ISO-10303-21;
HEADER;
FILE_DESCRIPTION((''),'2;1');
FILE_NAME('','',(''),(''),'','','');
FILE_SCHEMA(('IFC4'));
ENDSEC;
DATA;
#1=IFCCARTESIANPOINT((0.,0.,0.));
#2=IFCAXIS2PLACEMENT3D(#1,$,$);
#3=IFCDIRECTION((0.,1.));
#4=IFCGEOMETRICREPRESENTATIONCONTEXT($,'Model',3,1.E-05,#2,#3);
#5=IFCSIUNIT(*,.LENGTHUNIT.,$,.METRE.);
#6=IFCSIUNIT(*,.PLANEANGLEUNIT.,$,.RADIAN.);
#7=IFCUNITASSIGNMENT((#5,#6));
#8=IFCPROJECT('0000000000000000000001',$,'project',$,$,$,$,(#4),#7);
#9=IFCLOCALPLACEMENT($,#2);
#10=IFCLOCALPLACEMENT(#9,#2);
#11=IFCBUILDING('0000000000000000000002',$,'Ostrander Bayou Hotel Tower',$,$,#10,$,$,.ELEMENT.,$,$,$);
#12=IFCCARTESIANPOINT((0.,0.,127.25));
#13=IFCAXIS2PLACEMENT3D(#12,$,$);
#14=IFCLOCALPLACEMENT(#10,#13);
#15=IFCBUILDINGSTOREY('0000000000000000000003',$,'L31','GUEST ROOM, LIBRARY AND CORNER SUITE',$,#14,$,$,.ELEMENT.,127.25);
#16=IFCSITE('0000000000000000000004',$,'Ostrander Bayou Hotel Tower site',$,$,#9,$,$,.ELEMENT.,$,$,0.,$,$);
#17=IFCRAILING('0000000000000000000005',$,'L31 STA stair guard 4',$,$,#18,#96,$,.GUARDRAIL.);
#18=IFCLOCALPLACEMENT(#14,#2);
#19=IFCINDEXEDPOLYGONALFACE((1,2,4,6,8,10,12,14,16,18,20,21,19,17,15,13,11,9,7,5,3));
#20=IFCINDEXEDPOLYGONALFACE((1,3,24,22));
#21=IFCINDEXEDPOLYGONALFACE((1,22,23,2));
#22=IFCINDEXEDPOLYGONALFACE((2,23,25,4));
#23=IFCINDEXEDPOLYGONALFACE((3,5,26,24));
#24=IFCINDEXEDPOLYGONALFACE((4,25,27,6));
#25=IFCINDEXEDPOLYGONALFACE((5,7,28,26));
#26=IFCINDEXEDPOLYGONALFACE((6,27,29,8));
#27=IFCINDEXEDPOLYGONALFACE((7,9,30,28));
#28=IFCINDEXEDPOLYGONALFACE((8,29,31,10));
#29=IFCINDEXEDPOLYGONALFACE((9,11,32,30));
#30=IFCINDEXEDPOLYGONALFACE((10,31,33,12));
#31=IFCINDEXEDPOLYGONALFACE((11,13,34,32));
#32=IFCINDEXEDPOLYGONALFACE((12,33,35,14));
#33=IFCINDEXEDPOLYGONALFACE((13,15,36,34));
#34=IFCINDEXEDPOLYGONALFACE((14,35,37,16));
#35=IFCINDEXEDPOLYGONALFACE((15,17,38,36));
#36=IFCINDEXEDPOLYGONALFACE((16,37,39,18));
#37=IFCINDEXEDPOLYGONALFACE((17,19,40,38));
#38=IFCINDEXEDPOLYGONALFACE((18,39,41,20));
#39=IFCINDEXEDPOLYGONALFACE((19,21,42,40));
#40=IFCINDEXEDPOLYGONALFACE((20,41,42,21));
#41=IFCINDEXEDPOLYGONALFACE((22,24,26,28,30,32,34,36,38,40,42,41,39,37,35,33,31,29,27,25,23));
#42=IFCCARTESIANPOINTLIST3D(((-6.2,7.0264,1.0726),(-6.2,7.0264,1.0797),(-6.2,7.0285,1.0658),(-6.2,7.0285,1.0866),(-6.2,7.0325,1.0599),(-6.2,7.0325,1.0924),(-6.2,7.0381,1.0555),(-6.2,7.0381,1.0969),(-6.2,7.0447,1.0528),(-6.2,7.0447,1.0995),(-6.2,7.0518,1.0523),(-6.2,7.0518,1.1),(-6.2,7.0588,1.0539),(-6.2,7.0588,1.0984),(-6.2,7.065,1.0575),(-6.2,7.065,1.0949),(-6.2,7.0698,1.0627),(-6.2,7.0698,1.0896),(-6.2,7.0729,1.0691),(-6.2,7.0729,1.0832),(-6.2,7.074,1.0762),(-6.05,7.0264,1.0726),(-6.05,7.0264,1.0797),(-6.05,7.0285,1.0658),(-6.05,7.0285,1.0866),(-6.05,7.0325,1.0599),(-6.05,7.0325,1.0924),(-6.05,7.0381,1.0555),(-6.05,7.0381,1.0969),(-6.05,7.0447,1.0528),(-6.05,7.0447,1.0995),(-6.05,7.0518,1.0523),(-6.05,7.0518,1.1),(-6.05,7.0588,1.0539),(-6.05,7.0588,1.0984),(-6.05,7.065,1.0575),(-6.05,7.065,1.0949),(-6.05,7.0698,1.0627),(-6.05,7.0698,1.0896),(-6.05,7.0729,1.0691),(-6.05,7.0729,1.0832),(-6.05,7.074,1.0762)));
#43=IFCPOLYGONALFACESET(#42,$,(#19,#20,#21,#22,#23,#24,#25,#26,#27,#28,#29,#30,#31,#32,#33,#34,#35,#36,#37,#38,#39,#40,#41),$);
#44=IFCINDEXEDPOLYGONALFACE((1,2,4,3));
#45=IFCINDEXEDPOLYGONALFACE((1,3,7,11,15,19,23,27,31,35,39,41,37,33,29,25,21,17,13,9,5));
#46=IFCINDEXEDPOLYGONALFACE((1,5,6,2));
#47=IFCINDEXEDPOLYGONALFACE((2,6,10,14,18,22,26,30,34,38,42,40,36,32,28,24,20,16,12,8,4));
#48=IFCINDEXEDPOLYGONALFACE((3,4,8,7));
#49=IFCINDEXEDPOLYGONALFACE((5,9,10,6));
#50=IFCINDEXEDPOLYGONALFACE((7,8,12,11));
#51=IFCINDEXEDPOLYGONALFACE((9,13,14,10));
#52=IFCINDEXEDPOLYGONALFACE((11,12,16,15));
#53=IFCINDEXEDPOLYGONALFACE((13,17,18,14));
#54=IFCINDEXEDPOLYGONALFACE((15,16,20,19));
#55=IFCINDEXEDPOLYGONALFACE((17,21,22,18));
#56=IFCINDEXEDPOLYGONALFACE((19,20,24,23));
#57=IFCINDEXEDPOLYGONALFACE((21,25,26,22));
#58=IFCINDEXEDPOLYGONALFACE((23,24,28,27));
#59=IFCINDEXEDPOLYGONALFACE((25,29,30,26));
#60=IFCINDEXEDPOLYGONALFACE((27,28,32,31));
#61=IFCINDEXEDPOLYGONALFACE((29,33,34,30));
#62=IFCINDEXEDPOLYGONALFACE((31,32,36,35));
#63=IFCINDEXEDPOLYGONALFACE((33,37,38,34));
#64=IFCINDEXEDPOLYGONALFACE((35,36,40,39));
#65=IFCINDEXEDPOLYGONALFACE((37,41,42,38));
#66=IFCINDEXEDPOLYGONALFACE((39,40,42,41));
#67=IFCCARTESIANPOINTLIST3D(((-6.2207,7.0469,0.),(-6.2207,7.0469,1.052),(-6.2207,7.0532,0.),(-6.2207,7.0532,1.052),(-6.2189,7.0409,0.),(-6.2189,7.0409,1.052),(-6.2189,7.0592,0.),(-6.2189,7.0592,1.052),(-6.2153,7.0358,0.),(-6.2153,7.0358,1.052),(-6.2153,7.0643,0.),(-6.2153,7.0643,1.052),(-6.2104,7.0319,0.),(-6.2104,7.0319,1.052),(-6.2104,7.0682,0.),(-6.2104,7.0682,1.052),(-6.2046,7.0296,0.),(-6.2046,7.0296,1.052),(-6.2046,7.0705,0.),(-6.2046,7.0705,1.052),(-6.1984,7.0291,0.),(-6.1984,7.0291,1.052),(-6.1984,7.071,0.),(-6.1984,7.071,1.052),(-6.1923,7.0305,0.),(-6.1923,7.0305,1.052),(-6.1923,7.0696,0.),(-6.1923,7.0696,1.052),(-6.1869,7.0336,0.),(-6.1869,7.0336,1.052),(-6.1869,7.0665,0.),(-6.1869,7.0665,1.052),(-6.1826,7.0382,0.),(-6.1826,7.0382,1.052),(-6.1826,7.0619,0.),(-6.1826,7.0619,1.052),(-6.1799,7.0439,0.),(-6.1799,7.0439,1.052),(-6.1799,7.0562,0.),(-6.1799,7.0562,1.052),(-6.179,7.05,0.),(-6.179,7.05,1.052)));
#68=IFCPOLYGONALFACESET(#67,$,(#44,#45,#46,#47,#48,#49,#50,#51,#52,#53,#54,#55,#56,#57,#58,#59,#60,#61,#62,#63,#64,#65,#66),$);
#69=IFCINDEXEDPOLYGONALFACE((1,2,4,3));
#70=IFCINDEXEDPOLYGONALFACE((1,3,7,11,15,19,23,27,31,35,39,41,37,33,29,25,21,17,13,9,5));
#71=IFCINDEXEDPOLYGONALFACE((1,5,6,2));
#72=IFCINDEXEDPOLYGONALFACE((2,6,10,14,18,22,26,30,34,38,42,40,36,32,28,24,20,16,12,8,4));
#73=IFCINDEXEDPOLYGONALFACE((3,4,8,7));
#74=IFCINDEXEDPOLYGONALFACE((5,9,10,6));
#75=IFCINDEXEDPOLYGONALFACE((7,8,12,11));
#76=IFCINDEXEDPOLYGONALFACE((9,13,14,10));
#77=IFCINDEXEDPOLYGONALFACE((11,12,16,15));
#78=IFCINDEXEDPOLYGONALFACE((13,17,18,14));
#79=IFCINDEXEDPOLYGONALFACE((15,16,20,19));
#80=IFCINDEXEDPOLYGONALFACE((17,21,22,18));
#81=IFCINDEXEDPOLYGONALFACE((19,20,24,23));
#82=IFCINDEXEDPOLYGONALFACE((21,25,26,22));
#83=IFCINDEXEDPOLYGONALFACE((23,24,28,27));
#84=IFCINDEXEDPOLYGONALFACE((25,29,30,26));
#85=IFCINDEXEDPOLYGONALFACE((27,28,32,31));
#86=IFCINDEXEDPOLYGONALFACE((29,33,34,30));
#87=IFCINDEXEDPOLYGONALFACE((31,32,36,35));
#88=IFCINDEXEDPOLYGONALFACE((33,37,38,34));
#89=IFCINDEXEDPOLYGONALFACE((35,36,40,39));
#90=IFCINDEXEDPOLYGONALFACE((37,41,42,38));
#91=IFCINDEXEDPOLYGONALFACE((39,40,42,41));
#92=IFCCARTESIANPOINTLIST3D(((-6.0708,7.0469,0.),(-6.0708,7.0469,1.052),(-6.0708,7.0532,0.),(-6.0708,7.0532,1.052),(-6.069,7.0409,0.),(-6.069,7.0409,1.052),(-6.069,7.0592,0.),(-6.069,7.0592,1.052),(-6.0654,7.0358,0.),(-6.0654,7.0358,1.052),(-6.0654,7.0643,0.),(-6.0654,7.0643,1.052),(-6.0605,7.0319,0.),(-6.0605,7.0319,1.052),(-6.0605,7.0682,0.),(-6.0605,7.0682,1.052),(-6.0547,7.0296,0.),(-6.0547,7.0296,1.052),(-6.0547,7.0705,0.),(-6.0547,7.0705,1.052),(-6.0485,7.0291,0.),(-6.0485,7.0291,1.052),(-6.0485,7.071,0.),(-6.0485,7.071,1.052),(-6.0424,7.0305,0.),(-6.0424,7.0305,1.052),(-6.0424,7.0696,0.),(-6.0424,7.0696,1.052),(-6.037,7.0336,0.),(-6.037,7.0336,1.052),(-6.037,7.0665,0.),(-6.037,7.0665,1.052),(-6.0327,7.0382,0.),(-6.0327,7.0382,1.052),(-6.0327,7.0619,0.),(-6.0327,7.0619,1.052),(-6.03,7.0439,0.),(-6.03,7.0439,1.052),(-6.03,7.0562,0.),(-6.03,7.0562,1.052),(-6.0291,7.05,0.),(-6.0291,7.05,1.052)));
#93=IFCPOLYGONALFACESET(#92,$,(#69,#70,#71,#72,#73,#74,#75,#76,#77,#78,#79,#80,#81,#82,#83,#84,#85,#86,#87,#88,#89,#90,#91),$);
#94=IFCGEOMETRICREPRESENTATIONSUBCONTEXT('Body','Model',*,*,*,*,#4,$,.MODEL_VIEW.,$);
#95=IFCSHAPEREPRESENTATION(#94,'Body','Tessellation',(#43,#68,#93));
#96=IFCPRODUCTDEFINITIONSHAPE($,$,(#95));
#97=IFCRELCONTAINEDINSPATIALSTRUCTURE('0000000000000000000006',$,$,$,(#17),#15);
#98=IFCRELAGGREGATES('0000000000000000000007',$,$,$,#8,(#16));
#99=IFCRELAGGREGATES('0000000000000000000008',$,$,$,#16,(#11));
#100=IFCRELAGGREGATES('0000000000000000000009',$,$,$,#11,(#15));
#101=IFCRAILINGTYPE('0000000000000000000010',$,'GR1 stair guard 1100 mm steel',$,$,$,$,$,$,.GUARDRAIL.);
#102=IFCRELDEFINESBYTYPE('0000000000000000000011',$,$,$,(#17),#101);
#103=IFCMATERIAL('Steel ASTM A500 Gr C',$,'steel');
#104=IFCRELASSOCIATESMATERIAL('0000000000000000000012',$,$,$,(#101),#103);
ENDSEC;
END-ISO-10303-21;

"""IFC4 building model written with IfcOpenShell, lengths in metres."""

from ifc_helpers import new_model, si_unit, direction, frame, origin, origin_2d, place, context, subcontext, project, spatial, circle, extrude, material, type_object, element, save


model = new_model("IFC4")

# Units and contexts
model_context = context("Model", 3, precision=1e-05, world=origin(), true_north=direction((0.0, 1.0)))
body_context = subcontext(model_context, "Body", "Model", "MODEL_VIEW")
ifc_project = project(units=[si_unit("LENGTHUNIT", "METRE"), si_unit("PLANEANGLEUNIT", "RADIAN")], contexts=[model_context])

# Site, building, storey
site_placement = place(None, origin())
site = spatial("IfcSite", under=ifc_project, at=site_placement, Name="Ostrander Bayou Hotel Tower site", CompositionType="ELEMENT", RefElevation=0.0)
building_placement = place(site_placement, origin())
building = spatial("IfcBuilding", under=site, at=building_placement, Name="Ostrander Bayou Hotel Tower", CompositionType="ELEMENT")
storey_placement = place(building_placement, frame((0.0, 0.0, 127.25)))
storey = spatial("IfcBuildingStorey", under=building, at=storey_placement, Name="L31", Description="GUEST ROOM, LIBRARY AND CORNER SUITE", CompositionType="ELEMENT", Elevation=127.25)

# Railing
ifc_material_1 = material(Name="Steel ASTM A500 Gr C", Category="steel")
railing_type = type_object("IfcRailingType", Name="GR1 stair guard 1100 mm steel", PredefinedType="GUARDRAIL", material=ifc_material_1)
railing_1_placement = place(storey_placement, frame((-6.2, 7.05, 0.0)))
element("IfcRailing", 1, at=railing_1_placement, inside=storey, type_object=railing_type, Name="L31 STA stair guard 4", PredefinedType="GUARDRAIL", context=body_context, shape_type="SweptSolid", body=[
    extrude(circle(Radius=0.0239, at=origin_2d()), frame((0.0, 0.0, 1.0762), z_axis=(1.0, 0.0, 0.0), x_axis=(0.0, 1.0, 0.0)), (0.0, 0.0, 1.0), 0.1499),
    extrude(circle(Radius=0.021, at=origin_2d()), origin(), (0.0, 0.0, 1.0), 1.052),
    extrude(circle(Radius=0.021, at=origin_2d()), frame((0.1499, 0.0, 0.0)), (0.0, 0.0, 1.0), 1.052),
])

save(model, "model.ifc")
